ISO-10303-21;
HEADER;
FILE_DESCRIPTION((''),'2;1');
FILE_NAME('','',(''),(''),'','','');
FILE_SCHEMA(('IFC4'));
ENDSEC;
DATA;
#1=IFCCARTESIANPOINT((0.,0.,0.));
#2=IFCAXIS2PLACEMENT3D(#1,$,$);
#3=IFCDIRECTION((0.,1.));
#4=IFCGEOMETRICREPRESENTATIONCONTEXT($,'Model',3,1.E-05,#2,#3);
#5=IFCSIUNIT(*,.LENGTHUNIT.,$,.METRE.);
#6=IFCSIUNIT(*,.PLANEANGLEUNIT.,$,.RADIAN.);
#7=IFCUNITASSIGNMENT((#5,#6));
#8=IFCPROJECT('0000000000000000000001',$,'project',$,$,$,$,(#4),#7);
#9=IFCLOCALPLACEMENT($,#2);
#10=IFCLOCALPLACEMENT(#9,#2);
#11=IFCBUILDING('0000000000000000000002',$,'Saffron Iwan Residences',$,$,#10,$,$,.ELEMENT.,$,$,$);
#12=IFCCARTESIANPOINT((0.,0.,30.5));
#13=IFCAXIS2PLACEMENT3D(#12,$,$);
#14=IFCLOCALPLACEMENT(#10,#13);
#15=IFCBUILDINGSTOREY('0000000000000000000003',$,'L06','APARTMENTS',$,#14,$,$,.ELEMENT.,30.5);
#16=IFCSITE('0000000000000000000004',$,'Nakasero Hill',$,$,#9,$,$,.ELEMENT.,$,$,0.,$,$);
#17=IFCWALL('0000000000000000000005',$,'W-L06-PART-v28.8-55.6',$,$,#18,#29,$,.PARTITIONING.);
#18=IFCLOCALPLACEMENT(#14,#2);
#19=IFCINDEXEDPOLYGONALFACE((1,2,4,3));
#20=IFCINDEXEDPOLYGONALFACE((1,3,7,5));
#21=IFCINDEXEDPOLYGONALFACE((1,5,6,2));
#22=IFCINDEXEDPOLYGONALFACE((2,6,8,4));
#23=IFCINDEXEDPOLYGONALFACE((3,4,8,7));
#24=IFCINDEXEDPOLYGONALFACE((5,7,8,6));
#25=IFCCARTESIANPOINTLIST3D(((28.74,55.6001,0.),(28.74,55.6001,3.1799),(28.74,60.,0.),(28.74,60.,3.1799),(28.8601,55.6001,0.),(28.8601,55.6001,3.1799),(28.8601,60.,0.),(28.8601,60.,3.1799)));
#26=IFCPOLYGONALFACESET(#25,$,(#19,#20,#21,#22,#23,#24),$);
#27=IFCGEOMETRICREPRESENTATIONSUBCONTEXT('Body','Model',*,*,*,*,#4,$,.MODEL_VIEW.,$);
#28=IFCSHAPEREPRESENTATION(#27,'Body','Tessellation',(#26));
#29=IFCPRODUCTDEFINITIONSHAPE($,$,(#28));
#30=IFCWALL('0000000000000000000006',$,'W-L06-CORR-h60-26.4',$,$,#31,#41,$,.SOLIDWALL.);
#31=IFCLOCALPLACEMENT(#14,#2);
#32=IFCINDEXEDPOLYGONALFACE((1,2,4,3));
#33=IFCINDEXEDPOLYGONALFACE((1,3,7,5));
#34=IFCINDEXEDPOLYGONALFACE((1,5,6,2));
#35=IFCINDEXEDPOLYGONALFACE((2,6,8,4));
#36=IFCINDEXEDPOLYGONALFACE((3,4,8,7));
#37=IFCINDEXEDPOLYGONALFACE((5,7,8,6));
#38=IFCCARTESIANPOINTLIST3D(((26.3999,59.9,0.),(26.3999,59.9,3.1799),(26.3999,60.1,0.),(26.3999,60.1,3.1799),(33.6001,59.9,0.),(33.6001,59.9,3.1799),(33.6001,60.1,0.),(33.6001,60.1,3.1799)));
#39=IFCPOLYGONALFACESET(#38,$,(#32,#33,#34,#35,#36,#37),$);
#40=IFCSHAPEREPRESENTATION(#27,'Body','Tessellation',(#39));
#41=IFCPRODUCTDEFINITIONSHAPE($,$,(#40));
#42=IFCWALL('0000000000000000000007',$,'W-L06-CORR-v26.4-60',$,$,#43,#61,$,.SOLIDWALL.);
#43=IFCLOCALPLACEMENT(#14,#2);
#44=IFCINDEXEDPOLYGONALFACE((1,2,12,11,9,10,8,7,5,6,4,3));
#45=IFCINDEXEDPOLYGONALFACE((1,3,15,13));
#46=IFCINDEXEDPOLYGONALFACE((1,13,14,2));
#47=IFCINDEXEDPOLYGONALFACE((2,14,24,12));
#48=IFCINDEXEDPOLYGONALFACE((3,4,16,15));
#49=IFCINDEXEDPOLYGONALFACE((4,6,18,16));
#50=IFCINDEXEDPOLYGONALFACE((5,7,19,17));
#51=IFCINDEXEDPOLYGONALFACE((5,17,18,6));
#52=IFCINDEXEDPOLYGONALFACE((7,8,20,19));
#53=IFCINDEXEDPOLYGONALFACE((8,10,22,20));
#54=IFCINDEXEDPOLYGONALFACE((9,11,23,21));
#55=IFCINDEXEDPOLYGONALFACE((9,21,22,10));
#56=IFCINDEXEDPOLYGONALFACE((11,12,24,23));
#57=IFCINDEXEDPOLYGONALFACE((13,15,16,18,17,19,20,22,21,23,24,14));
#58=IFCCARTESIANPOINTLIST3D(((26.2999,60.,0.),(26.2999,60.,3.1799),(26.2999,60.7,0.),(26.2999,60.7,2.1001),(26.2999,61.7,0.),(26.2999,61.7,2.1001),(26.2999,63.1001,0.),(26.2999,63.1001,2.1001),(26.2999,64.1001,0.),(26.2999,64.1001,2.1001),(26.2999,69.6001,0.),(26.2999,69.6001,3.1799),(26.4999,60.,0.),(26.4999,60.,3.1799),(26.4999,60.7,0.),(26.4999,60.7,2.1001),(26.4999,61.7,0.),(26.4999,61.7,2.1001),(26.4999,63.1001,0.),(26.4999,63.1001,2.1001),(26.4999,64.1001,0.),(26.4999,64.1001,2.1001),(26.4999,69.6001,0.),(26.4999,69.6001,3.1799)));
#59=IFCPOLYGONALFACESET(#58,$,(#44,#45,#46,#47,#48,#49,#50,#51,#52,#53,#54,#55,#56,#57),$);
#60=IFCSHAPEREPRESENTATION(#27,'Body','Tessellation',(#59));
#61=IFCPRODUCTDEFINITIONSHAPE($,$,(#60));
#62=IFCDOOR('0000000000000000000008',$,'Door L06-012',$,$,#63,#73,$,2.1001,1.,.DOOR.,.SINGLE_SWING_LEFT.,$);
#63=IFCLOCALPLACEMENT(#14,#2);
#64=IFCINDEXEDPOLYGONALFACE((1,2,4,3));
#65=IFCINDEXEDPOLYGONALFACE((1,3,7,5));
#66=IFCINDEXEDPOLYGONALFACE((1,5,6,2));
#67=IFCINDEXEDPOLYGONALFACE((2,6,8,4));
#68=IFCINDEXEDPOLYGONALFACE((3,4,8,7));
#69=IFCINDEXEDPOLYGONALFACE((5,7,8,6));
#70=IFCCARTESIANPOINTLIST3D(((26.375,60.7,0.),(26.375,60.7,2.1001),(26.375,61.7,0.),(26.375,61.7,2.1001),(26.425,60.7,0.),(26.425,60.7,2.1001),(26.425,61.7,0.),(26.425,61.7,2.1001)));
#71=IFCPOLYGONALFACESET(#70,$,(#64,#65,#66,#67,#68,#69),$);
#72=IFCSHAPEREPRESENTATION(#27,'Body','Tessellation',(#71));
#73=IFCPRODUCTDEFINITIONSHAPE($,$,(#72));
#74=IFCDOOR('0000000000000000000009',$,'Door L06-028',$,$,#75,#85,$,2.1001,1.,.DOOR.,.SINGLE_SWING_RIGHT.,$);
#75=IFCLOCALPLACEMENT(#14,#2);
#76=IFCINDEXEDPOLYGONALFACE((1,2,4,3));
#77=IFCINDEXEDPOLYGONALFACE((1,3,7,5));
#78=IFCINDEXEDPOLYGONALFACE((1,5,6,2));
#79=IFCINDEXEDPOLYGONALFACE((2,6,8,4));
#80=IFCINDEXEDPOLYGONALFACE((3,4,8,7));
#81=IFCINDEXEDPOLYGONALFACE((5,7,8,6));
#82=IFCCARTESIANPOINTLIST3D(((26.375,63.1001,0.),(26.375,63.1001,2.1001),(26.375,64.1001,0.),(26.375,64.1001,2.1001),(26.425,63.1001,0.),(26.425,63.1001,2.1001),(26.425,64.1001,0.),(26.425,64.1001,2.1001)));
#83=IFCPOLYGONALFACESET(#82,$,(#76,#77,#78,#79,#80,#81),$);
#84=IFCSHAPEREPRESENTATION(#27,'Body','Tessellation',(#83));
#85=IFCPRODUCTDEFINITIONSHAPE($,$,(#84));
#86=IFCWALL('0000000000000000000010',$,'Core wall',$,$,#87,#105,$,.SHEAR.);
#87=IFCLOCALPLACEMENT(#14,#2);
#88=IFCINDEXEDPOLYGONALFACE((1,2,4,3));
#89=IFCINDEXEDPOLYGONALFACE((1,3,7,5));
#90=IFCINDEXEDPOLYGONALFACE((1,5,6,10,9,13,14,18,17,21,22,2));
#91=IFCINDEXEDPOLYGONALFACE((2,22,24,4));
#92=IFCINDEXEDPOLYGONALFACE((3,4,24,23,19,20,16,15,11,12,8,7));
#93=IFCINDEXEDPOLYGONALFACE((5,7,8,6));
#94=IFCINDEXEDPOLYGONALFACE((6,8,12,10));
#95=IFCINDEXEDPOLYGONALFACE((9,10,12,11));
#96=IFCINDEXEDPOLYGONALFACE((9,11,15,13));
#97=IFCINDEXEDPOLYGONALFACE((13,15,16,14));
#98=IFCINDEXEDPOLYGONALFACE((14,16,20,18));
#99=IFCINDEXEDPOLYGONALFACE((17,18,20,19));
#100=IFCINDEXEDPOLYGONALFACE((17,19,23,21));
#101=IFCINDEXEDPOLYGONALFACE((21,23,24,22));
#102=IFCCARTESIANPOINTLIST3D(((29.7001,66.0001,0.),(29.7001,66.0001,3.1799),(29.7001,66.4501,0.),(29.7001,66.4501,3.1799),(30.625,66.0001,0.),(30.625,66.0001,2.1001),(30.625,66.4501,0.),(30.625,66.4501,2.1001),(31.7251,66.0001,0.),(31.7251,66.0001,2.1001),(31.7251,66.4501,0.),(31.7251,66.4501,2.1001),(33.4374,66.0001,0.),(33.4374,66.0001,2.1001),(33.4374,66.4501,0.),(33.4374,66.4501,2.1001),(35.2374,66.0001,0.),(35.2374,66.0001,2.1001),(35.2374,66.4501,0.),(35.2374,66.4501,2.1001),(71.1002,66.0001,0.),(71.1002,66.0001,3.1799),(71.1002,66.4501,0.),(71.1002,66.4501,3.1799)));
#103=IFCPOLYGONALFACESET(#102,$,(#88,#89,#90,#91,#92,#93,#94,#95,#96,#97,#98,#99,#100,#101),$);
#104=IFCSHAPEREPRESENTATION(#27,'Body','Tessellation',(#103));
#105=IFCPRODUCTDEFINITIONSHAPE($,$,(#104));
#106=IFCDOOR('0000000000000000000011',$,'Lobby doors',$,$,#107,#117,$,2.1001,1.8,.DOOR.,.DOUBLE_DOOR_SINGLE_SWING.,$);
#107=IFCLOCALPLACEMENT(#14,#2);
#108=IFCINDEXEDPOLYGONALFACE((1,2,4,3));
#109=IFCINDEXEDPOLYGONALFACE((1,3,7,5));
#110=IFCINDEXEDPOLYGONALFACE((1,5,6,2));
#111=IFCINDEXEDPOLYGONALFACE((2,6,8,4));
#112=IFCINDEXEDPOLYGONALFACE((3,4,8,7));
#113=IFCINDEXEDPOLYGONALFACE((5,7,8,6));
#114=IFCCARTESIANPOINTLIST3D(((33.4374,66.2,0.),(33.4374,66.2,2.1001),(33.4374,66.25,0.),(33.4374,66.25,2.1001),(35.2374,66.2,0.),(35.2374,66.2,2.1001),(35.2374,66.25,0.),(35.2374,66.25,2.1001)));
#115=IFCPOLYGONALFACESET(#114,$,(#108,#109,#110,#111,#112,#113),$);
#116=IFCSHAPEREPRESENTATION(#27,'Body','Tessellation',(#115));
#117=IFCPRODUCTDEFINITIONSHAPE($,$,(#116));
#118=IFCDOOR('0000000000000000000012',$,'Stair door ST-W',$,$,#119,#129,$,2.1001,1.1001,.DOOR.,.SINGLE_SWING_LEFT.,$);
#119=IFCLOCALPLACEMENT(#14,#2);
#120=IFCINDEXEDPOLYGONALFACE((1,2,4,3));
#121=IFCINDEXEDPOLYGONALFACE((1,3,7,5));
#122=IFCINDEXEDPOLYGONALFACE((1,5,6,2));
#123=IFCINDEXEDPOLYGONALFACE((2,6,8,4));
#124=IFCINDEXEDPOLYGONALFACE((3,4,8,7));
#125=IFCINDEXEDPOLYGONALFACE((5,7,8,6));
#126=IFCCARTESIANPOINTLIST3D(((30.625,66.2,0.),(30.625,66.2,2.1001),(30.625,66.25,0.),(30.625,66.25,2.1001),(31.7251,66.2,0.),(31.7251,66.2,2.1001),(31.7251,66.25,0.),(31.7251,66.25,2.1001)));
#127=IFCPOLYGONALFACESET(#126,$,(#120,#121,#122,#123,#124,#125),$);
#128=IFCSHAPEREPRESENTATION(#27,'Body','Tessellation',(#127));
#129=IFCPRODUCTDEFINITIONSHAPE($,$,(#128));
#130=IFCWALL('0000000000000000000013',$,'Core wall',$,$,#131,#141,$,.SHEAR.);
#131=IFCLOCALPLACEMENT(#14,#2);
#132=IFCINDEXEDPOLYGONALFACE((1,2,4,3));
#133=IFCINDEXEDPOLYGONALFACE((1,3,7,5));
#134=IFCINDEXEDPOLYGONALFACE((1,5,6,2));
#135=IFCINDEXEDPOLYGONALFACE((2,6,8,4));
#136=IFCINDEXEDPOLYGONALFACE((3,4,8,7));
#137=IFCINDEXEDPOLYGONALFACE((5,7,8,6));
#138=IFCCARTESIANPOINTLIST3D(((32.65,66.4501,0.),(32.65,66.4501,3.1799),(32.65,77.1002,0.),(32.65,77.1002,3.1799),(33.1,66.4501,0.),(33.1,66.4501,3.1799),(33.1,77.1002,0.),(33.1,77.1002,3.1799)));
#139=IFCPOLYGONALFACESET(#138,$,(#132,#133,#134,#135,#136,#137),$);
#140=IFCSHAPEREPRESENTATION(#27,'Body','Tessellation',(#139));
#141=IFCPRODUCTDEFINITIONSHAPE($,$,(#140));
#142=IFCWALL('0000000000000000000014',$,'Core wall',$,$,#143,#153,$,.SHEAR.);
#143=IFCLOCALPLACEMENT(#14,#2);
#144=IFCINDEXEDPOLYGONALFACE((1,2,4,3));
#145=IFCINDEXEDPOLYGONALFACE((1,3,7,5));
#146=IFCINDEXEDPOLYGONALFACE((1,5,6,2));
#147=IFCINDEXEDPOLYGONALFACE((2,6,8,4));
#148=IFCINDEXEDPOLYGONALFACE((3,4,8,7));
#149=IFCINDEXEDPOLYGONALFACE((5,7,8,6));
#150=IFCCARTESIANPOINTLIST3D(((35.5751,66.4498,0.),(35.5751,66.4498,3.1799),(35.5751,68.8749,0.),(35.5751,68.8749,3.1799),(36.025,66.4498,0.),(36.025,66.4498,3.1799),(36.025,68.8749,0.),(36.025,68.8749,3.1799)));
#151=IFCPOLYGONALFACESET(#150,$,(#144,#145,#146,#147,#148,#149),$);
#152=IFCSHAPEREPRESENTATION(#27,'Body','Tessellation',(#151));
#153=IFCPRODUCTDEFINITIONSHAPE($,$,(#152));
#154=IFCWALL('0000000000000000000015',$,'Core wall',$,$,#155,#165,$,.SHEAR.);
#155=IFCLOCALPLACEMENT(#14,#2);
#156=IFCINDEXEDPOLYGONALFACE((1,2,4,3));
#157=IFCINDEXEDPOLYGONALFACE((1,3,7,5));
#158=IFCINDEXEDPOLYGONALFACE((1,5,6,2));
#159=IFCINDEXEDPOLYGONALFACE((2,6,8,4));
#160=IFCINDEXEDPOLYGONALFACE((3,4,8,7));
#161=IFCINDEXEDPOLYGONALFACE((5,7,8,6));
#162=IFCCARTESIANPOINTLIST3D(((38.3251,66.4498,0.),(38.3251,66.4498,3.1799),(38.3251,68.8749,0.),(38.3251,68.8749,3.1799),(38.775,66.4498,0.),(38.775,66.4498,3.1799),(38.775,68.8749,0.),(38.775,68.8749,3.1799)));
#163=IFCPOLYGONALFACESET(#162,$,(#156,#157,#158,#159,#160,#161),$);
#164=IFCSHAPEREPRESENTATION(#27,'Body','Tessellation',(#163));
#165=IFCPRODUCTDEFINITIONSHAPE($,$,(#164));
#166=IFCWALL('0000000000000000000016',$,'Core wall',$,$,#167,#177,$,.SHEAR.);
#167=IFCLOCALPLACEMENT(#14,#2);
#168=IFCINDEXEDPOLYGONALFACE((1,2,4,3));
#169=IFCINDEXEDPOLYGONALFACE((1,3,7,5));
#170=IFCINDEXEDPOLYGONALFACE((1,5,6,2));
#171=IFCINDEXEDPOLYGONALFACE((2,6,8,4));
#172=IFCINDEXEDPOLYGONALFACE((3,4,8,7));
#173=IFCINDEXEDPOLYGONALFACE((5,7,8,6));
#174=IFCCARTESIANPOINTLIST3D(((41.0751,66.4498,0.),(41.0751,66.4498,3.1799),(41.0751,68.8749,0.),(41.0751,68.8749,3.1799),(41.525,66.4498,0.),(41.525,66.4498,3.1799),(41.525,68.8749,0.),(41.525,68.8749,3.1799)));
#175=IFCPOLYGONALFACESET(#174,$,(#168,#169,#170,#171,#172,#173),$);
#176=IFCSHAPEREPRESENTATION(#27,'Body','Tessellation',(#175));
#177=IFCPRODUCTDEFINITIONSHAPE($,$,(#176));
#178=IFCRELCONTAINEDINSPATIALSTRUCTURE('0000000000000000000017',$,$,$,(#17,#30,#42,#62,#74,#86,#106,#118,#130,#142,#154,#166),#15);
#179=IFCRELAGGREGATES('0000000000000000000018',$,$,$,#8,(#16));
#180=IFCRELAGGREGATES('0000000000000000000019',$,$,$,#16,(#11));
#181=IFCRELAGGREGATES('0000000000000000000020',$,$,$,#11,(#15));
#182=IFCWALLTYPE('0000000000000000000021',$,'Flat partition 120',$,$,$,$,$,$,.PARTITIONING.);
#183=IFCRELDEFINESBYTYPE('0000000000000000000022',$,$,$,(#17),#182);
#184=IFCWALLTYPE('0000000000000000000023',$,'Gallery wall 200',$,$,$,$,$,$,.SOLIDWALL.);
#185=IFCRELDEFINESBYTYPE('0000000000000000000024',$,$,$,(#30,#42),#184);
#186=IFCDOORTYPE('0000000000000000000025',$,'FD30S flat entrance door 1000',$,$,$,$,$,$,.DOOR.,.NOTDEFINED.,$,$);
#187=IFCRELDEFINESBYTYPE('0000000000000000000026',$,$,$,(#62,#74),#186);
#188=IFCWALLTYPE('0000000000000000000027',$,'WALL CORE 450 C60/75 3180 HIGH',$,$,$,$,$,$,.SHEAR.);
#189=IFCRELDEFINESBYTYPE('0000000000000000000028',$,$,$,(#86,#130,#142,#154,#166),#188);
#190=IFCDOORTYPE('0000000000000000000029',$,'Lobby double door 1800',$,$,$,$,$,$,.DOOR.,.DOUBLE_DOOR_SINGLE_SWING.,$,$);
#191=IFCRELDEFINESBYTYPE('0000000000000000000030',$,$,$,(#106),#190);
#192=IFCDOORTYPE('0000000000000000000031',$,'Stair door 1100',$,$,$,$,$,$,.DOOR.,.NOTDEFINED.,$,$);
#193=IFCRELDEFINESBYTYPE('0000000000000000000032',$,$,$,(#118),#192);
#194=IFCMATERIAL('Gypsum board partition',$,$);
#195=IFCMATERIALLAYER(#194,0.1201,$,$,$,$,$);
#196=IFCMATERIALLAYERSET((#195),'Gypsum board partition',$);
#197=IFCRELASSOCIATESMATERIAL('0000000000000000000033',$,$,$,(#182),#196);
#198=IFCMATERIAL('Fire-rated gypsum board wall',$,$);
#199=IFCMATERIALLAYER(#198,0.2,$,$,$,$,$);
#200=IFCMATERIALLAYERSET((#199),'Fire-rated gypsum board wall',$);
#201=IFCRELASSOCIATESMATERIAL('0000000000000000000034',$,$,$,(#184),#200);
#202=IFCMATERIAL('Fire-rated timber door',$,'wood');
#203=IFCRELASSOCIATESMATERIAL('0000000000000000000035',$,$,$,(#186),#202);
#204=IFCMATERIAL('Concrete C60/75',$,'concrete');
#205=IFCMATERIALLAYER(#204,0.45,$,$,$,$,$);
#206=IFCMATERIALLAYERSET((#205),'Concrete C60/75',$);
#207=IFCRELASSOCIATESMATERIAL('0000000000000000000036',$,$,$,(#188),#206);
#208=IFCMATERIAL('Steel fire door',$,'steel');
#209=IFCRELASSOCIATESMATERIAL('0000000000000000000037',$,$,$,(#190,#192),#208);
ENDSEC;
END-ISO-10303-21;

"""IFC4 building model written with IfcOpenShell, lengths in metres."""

from ifc_helpers import new_model, si_unit, direction, frame, frame_2d, origin, place, context, subcontext, project, spatial, rectangle, extrude, material, layer, layer_set, type_object, element, fill, save


model = new_model("IFC4")

# Units and contexts
model_context = context("Model", 3, precision=1e-05, world=origin(), true_north=direction((0.0, 1.0)))
body_context = subcontext(model_context, "Body", "Model", "MODEL_VIEW")
ifc_project = project(units=[si_unit("LENGTHUNIT", "METRE"), si_unit("PLANEANGLEUNIT", "RADIAN")], contexts=[model_context])

# Site, building, storey
site_placement = place(None, origin())
site = spatial("IfcSite", under=ifc_project, at=site_placement, Name="Nakasero Hill", CompositionType="ELEMENT", RefElevation=0.0)
building_placement = place(site_placement, origin())
building = spatial("IfcBuilding", under=site, at=building_placement, Name="Saffron Iwan Residences", CompositionType="ELEMENT")
storey_placement = place(building_placement, frame((0.0, 0.0, 30.5)))
storey = spatial("IfcBuildingStorey", under=building, at=storey_placement, Name="L06", Description="APARTMENTS", CompositionType="ELEMENT", Elevation=30.5)

# Shared definitions
ifc_material_1 = material(Name="Concrete C60/75", Category="concrete")

# Shared definitions
ifc_material_2 = material(Name="Gypsum board partition")
ifc_layer_1 = layer(ifc_material_2, 0.1201)
ifc_layer_set_1 = layer_set([ifc_layer_1], Name="Gypsum board partition")
wall_type_1 = type_object("IfcWallType", Name="Flat partition 120", PredefinedType="PARTITIONING", material=ifc_layer_set_1)

# Walls
wall_1_placement = place(storey_placement, frame((28.8, 55.6001, 0.0), z_axis=(0.0, 0.0, 1.0), x_axis=(0.0, 1.0, 0.0)))
element("IfcWall", 1, at=wall_1_placement, inside=storey, type_object=wall_type_1, Name="W-L06-PART-v28.8-55.6", PredefinedType="PARTITIONING", context=body_context, shape_type="SweptSolid", body=[
    extrude(rectangle(XDim=4.3999, YDim=0.1201, at=frame_2d((2.2, 0.0))), origin(), (0.0, 0.0, 1.0), 3.1799),
])
ifc_material_3 = material(Name="Fire-rated gypsum board wall")
ifc_layer_2 = layer(ifc_material_3, 0.2)
ifc_layer_set_2 = layer_set([ifc_layer_2], Name="Fire-rated gypsum board wall")
wall_type_2 = type_object("IfcWallType", Name="Gallery wall 200", PredefinedType="SOLIDWALL", material=ifc_layer_set_2)
wall_2_placement = place(storey_placement, frame((26.3999, 60.0, 0.0), z_axis=(0.0, 0.0, 1.0), x_axis=(1.0, 0.0, 0.0)))
element("IfcWall", 2, at=wall_2_placement, inside=storey, type_object=wall_type_2, Name="W-L06-CORR-h60-26.4", PredefinedType="SOLIDWALL", context=body_context, shape_type="SweptSolid", body=[
    extrude(rectangle(XDim=7.2002, YDim=0.2, at=frame_2d((3.6001, 0.0))), origin(), (0.0, 0.0, 1.0), 3.1799),
])

# Walls, openings, doors
wall_3_placement = place(storey_placement, frame((26.3999, 60.0, 0.0), z_axis=(0.0, 0.0, 1.0), x_axis=(0.0, 1.0, 0.0)))
wall_3 = element("IfcWall", 3, at=wall_3_placement, inside=storey, type_object=wall_type_2, Name="W-L06-CORR-v26.4-60", PredefinedType="SOLIDWALL", context=body_context, shape_type="SweptSolid", body=[
    extrude(rectangle(XDim=9.6001, YDim=0.2, at=frame_2d((4.8, 0.0))), origin(), (0.0, 0.0, 1.0), 3.1799),
])
opening_1_placement = place(wall_3_placement, frame((0.7, 0.0, 0.0)))
opening_1 = element("IfcOpeningElement", 4, at=opening_1_placement, cuts=wall_3, PredefinedType="OPENING", context=body_context, shape_type="SweptSolid", body=[
    extrude(rectangle(XDim=1.0, YDim=2.1001, at=frame_2d((0.5, 1.05))), frame((0.0, 0.1099, 0.0), z_axis=(0.0, -1.0, 0.0), x_axis=(1.0, 0.0, 0.0)), (0.0, 0.0, 1.0), 0.22),
])
opening_2_placement = place(wall_3_placement, frame((3.1001, 0.0, 0.0)))
opening_2 = element("IfcOpeningElement", 5, at=opening_2_placement, cuts=wall_3, PredefinedType="OPENING", context=body_context, shape_type="SweptSolid", body=[
    extrude(rectangle(XDim=1.0, YDim=2.1001, at=frame_2d((0.5, 1.05))), frame((0.0, 0.1099, 0.0), z_axis=(0.0, -1.0, 0.0), x_axis=(1.0, 0.0, 0.0)), (0.0, 0.0, 1.0), 0.22),
])
ifc_material_4 = material(Name="Fire-rated timber door", Category="wood")
door_type_1 = type_object("IfcDoorType", Name="FD30S flat entrance door 1000", OperationType="NOTDEFINED", PredefinedType="DOOR", material=ifc_material_4)
door_1_placement = place(opening_1_placement, origin())
door_1 = element("IfcDoor", 6, at=door_1_placement, inside=storey, type_object=door_type_1, Name="Door L06-012", OperationType="SINGLE_SWING_LEFT", OverallHeight=2.1001, OverallWidth=1.0, PredefinedType="DOOR", context=body_context, shape_type="SweptSolid", body=[
    extrude(rectangle(XDim=1.0, YDim=2.1001, at=frame_2d((0.5, 1.05))), frame((0.0, 0.0249, 0.0), z_axis=(0.0, -1.0, 0.0), x_axis=(1.0, 0.0, 0.0)), (0.0, 0.0, 1.0), 0.05),
])
fill(opening_1, door_1)
door_2_placement = place(opening_2_placement, origin())
door_2 = element("IfcDoor", 7, at=door_2_placement, inside=storey, type_object=door_type_1, Name="Door L06-028", OperationType="SINGLE_SWING_RIGHT", OverallHeight=2.1001, OverallWidth=1.0, PredefinedType="DOOR", context=body_context, shape_type="SweptSolid", body=[
    extrude(rectangle(XDim=1.0, YDim=2.1001, at=frame_2d((0.5, 1.05))), frame((0.0, 0.0249, 0.0), z_axis=(0.0, -1.0, 0.0), x_axis=(1.0, 0.0, 0.0)), (0.0, 0.0, 1.0), 0.05),
])
fill(opening_2, door_2)
ifc_layer_3 = layer(ifc_material_1, 0.45)
ifc_layer_set_3 = layer_set([ifc_layer_3], Name="Concrete C60/75")
wall_type_3 = type_object("IfcWallType", Name="WALL CORE 450 C60/75 3180 HIGH", PredefinedType="SHEAR", material=ifc_layer_set_3)
wall_4_placement = place(storey_placement, frame((29.7, 66.2251, 0.0), z_axis=(0.0, 0.0, 1.0), x_axis=(1.0, 0.0, 0.0)))
wall_4 = element("IfcWall", 8, at=wall_4_placement, inside=storey, type_object=wall_type_3, Name="Core wall", PredefinedType="SHEAR", context=body_context, shape_type="SweptSolid", body=[
    extrude(rectangle(XDim=41.4001, YDim=0.45, at=frame_2d((20.7002, 0.0))), origin(), (0.0, 0.0, 1.0), 3.1799),
])
opening_3_placement = place(wall_4_placement, frame((0.925, 0.0, 0.0)))
opening_3 = element("IfcOpeningElement", 9, at=opening_3_placement, cuts=wall_4, PredefinedType="OPENING", context=body_context, shape_type="SweptSolid", body=[
    extrude(rectangle(XDim=1.1001, YDim=2.1001, at=frame_2d((0.55, 1.05))), frame((0.0, 0.2349, 0.0), z_axis=(0.0, -1.0, 0.0), x_axis=(1.0, 0.0, 0.0)), (0.0, 0.0, 1.0), 0.47),
])
opening_4_placement = place(wall_4_placement, frame((3.7375, 0.0, 0.0)))
opening_4 = element("IfcOpeningElement", 10, at=opening_4_placement, cuts=wall_4, PredefinedType="OPENING", context=body_context, shape_type="SweptSolid", body=[
    extrude(rectangle(XDim=1.8, YDim=2.1001, at=frame_2d((0.8999, 1.05))), frame((0.0, 0.2349, 0.0), z_axis=(0.0, -1.0, 0.0), x_axis=(1.0, 0.0, 0.0)), (0.0, 0.0, 1.0), 0.47),
])
ifc_material_5 = material(Name="Steel fire door", Category="steel")
door_type_2 = type_object("IfcDoorType", Name="Lobby double door 1800", OperationType="DOUBLE_DOOR_SINGLE_SWING", PredefinedType="DOOR", material=ifc_material_5)
door_3_placement = place(opening_4_placement, origin())
door_3 = element("IfcDoor", 11, at=door_3_placement, inside=storey, type_object=door_type_2, Name="Lobby doors", OperationType="DOUBLE_DOOR_SINGLE_SWING", OverallHeight=2.1001, OverallWidth=1.8, PredefinedType="DOOR", context=body_context, shape_type="SweptSolid", body=[
    extrude(rectangle(XDim=1.8, YDim=2.1001, at=frame_2d((0.8999, 1.05))), frame((0.0, 0.0249, 0.0), z_axis=(0.0, -1.0, 0.0), x_axis=(1.0, 0.0, 0.0)), (0.0, 0.0, 1.0), 0.05),
])
fill(opening_4, door_3)
door_type_3 = type_object("IfcDoorType", Name="Stair door 1100", OperationType="NOTDEFINED", PredefinedType="DOOR", material=ifc_material_5)
door_4_placement = place(opening_3_placement, origin())
door_4 = element("IfcDoor", 12, at=door_4_placement, inside=storey, type_object=door_type_3, Name="Stair door ST-W", OperationType="SINGLE_SWING_LEFT", OverallHeight=2.1001, OverallWidth=1.1001, PredefinedType="DOOR", context=body_context, shape_type="SweptSolid", body=[
    extrude(rectangle(XDim=1.1001, YDim=2.1001, at=frame_2d((0.55, 1.05))), frame((0.0, 0.0249, 0.0), z_axis=(0.0, -1.0, 0.0), x_axis=(1.0, 0.0, 0.0)), (0.0, 0.0, 1.0), 0.05),
])
fill(opening_3, door_4)

# Walls
wall_5_placement = place(storey_placement, frame((32.875, 66.45, 0.0), z_axis=(0.0, 0.0, 1.0), x_axis=(0.0, 1.0, 0.0)))
element("IfcWall", 13, at=wall_5_placement, inside=storey, type_object=wall_type_3, Name="Core wall", PredefinedType="SHEAR", context=body_context, shape_type="SweptSolid", body=[
    extrude(rectangle(XDim=10.6501, YDim=0.45, at=frame_2d((5.3252, 0.0))), origin(), (0.0, 0.0, 1.0), 3.1799),
])
for number, where, z_axis, x_axis, name in (
    (14, (35.8, 66.45, 0.0), (0.0, 0.0, 1.0), (0.0, 1.0, 0.0), "Core wall"),
    (15, (38.55, 66.45, 0.0), (0.0, 0.0, 1.0), (0.0, 1.0, 0.0), "Core wall"),
    (16, (41.3, 66.45, 0.0), (0.0, 0.0, 1.0), (0.0, 1.0, 0.0), "Core wall"),
):
    element("IfcWall", number, at=place(storey_placement, frame(where, z_axis=z_axis, x_axis=x_axis)), inside=storey, type_object=wall_type_3, Name=name, PredefinedType="SHEAR", context=body_context, shape_type="SweptSolid", body=[
        extrude(rectangle(XDim=2.425, YDim=0.45, at=frame_2d((1.2124, 0.0))), origin(), (0.0, 0.0, 1.0), 3.1799),
    ])

save(model, "model.ifc")
